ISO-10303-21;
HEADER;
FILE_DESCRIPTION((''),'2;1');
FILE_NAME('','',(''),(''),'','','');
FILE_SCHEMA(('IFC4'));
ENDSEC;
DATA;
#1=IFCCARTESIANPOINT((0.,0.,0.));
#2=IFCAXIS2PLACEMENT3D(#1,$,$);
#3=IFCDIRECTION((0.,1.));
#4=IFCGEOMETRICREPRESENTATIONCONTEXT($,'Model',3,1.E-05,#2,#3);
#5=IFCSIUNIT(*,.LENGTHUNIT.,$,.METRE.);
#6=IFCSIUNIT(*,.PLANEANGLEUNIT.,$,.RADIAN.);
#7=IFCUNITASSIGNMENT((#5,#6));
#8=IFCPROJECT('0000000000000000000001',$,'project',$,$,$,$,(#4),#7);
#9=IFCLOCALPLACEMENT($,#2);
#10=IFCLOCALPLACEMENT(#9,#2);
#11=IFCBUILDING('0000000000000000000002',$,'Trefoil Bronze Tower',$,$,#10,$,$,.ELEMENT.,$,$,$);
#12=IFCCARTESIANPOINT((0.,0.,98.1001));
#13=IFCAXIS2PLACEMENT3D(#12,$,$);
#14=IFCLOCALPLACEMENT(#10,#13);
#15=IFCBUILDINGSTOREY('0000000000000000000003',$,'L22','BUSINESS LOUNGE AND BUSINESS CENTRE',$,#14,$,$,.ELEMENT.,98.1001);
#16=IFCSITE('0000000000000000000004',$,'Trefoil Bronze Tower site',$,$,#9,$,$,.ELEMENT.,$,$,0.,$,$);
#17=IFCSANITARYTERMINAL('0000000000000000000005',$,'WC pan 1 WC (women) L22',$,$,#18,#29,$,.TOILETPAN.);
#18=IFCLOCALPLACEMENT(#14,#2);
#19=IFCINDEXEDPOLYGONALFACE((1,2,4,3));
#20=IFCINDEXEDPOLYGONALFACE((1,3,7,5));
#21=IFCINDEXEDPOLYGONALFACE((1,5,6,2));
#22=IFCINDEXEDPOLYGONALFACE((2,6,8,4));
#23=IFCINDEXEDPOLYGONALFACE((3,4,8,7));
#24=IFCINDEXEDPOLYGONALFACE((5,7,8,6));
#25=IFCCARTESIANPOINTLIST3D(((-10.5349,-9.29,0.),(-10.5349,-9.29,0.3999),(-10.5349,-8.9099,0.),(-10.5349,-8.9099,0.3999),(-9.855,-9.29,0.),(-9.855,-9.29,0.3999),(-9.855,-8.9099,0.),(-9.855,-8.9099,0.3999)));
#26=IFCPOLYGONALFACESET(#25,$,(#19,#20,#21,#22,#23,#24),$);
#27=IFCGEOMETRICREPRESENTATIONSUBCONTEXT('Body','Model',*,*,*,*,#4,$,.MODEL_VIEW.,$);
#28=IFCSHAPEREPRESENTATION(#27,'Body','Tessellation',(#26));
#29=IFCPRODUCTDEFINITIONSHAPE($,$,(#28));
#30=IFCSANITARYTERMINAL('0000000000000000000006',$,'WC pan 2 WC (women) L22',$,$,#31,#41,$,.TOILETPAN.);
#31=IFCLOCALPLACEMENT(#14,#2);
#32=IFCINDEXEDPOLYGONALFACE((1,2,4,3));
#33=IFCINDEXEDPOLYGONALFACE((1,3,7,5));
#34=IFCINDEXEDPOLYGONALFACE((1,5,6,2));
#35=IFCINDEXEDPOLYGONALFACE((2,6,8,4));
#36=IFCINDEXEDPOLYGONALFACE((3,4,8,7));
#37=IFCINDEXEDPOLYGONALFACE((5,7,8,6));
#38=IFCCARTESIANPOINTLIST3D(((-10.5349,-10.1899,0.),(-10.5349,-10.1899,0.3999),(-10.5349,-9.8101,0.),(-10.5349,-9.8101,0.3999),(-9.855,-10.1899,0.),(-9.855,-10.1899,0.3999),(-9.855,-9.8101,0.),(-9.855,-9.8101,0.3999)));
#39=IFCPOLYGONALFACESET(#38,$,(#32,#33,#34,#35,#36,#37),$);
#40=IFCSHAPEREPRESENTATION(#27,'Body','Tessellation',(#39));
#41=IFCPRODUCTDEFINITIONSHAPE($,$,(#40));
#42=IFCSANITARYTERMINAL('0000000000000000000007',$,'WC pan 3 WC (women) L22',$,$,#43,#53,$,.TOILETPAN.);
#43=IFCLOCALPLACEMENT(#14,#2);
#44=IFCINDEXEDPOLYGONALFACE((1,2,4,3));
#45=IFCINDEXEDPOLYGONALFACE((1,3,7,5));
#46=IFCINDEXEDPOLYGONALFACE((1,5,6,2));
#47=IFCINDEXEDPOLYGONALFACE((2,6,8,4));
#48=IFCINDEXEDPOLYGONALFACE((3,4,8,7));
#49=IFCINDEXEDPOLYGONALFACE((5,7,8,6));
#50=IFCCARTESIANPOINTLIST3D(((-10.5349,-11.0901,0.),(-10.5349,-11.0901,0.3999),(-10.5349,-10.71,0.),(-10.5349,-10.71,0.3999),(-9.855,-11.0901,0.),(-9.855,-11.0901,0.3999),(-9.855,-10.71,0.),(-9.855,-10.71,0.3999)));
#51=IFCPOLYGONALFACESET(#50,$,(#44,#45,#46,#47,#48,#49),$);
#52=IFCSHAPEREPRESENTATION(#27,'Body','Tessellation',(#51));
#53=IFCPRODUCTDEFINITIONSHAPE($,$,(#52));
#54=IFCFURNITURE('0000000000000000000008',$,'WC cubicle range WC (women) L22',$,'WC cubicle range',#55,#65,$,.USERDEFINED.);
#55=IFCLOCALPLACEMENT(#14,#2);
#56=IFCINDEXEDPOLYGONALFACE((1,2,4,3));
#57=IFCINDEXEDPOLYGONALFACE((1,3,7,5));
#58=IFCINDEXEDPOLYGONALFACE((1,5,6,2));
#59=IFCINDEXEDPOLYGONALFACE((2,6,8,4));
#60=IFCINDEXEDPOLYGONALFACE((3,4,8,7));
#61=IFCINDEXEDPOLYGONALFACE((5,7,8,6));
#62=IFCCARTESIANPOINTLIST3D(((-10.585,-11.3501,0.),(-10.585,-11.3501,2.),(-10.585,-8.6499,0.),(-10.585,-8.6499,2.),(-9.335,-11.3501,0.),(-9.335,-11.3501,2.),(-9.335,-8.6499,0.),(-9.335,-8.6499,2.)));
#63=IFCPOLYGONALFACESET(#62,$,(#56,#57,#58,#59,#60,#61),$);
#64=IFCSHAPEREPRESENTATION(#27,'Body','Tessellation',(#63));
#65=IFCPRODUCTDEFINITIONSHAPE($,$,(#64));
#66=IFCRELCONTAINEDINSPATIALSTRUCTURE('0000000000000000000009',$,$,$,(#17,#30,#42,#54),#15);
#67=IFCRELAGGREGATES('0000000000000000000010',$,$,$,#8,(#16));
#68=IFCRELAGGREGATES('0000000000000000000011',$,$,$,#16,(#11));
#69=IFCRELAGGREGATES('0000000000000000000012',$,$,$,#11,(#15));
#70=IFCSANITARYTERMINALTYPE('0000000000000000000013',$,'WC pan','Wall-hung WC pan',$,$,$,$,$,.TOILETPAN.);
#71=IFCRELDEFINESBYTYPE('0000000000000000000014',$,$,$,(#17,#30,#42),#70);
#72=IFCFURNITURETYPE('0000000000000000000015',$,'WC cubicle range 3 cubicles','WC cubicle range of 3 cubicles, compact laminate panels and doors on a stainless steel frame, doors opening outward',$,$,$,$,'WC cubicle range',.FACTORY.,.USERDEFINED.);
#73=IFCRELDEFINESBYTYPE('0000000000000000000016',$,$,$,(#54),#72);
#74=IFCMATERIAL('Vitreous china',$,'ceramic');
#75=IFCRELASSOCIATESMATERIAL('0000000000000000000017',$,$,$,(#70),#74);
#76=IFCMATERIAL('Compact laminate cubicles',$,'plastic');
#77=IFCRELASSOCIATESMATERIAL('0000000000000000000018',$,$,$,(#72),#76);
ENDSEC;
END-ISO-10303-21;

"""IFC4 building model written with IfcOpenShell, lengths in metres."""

from ifc_helpers import new_model, si_unit, direction, frame, origin, place, context, subcontext, project, spatial, polyline, outline, extrude, material, type_object, element, save


model = new_model("IFC4")

# Units and contexts
model_context = context("Model", 3, precision=1e-05, world=origin(), true_north=direction((0.0, 1.0)))
body_context = subcontext(model_context, "Body", "Model", "MODEL_VIEW")
ifc_project = project(units=[si_unit("LENGTHUNIT", "METRE"), si_unit("PLANEANGLEUNIT", "RADIAN")], contexts=[model_context])

# Site, building, storey
site_placement = place(None, origin())
site = spatial("IfcSite", under=ifc_project, at=site_placement, Name="Trefoil Bronze Tower site", CompositionType="ELEMENT", RefElevation=0.0)
building_placement = place(site_placement, origin())
building = spatial("IfcBuilding", under=site, at=building_placement, Name="Trefoil Bronze Tower", CompositionType="ELEMENT")
storey_placement = place(building_placement, frame((0.0, 0.0, 98.1001)))
storey = spatial("IfcBuildingStorey", under=building, at=storey_placement, Name="L22", Description="BUSINESS LOUNGE AND BUSINESS CENTRE", CompositionType="ELEMENT", Elevation=98.1001)

# Sanitary terminals
ifc_material_1 = material(Name="Vitreous china", Category="ceramic")
sanitary_terminal_type_1 = type_object("IfcSanitaryTerminalType", Name="WC pan", Description="Wall-hung WC pan", PredefinedType="TOILETPAN", material=ifc_material_1)
sanitary_terminal_1_placement = place(storey_placement, origin())
element("IfcSanitaryTerminal", 1, at=sanitary_terminal_1_placement, inside=storey, type_object=sanitary_terminal_type_1, Name="WC pan 1 WC (women) L22", PredefinedType="TOILETPAN", context=body_context, shape_type="SweptSolid", body=[
    extrude(outline(polyline([(-9.855, -8.9099), (-10.5349, -8.9099), (-10.5349, -9.29), (-9.855, -9.29), (-9.855, -8.9099)])), origin(), (0.0, 0.0, 1.0), 0.3999),
])
sanitary_terminal_2_placement = place(storey_placement, origin())
element("IfcSanitaryTerminal", 2, at=sanitary_terminal_2_placement, inside=storey, type_object=sanitary_terminal_type_1, Name="WC pan 2 WC (women) L22", PredefinedType="TOILETPAN", context=body_context, shape_type="SweptSolid", body=[
    extrude(outline(polyline([(-9.855, -9.8101), (-10.5349, -9.8101), (-10.5349, -10.1899), (-9.855, -10.1899), (-9.855, -9.8101)])), origin(), (0.0, 0.0, 1.0), 0.3999),
])
sanitary_terminal_3_placement = place(storey_placement, origin())
element("IfcSanitaryTerminal", 3, at=sanitary_terminal_3_placement, inside=storey, type_object=sanitary_terminal_type_1, Name="WC pan 3 WC (women) L22", PredefinedType="TOILETPAN", context=body_context, shape_type="SweptSolid", body=[
    extrude(outline(polyline([(-9.855, -10.71), (-10.5349, -10.71), (-10.5349, -11.0901), (-9.855, -11.0901), (-9.855, -10.71)])), origin(), (0.0, 0.0, 1.0), 0.3999),
])

# Furniture
ifc_material_2 = material(Name="Compact laminate cubicles", Category="plastic")
furniture_type = type_object("IfcFurnitureType", Name="WC cubicle range 3 cubicles", Description="WC cubicle range of 3 cubicles, compact laminate panels and doors on a stainless steel frame, doors opening outward", ElementType="WC cubicle range", AssemblyPlace="FACTORY", PredefinedType="USERDEFINED", material=ifc_material_2)
furniture_placement = place(storey_placement, origin())
element("IfcFurniture", 4, at=furniture_placement, inside=storey, type_object=furniture_type, Name="WC cubicle range WC (women) L22", ObjectType="WC cubicle range", PredefinedType="USERDEFINED", context=body_context, shape_type="SweptSolid", body=[
    extrude(outline(polyline([(-9.335, -8.6499), (-10.585, -8.6499), (-10.585, -11.3501), (-9.335, -11.3501), (-9.335, -8.6499)])), origin(), (0.0, 0.0, 1.0), 2.0),
])

save(model, "model.ifc")
